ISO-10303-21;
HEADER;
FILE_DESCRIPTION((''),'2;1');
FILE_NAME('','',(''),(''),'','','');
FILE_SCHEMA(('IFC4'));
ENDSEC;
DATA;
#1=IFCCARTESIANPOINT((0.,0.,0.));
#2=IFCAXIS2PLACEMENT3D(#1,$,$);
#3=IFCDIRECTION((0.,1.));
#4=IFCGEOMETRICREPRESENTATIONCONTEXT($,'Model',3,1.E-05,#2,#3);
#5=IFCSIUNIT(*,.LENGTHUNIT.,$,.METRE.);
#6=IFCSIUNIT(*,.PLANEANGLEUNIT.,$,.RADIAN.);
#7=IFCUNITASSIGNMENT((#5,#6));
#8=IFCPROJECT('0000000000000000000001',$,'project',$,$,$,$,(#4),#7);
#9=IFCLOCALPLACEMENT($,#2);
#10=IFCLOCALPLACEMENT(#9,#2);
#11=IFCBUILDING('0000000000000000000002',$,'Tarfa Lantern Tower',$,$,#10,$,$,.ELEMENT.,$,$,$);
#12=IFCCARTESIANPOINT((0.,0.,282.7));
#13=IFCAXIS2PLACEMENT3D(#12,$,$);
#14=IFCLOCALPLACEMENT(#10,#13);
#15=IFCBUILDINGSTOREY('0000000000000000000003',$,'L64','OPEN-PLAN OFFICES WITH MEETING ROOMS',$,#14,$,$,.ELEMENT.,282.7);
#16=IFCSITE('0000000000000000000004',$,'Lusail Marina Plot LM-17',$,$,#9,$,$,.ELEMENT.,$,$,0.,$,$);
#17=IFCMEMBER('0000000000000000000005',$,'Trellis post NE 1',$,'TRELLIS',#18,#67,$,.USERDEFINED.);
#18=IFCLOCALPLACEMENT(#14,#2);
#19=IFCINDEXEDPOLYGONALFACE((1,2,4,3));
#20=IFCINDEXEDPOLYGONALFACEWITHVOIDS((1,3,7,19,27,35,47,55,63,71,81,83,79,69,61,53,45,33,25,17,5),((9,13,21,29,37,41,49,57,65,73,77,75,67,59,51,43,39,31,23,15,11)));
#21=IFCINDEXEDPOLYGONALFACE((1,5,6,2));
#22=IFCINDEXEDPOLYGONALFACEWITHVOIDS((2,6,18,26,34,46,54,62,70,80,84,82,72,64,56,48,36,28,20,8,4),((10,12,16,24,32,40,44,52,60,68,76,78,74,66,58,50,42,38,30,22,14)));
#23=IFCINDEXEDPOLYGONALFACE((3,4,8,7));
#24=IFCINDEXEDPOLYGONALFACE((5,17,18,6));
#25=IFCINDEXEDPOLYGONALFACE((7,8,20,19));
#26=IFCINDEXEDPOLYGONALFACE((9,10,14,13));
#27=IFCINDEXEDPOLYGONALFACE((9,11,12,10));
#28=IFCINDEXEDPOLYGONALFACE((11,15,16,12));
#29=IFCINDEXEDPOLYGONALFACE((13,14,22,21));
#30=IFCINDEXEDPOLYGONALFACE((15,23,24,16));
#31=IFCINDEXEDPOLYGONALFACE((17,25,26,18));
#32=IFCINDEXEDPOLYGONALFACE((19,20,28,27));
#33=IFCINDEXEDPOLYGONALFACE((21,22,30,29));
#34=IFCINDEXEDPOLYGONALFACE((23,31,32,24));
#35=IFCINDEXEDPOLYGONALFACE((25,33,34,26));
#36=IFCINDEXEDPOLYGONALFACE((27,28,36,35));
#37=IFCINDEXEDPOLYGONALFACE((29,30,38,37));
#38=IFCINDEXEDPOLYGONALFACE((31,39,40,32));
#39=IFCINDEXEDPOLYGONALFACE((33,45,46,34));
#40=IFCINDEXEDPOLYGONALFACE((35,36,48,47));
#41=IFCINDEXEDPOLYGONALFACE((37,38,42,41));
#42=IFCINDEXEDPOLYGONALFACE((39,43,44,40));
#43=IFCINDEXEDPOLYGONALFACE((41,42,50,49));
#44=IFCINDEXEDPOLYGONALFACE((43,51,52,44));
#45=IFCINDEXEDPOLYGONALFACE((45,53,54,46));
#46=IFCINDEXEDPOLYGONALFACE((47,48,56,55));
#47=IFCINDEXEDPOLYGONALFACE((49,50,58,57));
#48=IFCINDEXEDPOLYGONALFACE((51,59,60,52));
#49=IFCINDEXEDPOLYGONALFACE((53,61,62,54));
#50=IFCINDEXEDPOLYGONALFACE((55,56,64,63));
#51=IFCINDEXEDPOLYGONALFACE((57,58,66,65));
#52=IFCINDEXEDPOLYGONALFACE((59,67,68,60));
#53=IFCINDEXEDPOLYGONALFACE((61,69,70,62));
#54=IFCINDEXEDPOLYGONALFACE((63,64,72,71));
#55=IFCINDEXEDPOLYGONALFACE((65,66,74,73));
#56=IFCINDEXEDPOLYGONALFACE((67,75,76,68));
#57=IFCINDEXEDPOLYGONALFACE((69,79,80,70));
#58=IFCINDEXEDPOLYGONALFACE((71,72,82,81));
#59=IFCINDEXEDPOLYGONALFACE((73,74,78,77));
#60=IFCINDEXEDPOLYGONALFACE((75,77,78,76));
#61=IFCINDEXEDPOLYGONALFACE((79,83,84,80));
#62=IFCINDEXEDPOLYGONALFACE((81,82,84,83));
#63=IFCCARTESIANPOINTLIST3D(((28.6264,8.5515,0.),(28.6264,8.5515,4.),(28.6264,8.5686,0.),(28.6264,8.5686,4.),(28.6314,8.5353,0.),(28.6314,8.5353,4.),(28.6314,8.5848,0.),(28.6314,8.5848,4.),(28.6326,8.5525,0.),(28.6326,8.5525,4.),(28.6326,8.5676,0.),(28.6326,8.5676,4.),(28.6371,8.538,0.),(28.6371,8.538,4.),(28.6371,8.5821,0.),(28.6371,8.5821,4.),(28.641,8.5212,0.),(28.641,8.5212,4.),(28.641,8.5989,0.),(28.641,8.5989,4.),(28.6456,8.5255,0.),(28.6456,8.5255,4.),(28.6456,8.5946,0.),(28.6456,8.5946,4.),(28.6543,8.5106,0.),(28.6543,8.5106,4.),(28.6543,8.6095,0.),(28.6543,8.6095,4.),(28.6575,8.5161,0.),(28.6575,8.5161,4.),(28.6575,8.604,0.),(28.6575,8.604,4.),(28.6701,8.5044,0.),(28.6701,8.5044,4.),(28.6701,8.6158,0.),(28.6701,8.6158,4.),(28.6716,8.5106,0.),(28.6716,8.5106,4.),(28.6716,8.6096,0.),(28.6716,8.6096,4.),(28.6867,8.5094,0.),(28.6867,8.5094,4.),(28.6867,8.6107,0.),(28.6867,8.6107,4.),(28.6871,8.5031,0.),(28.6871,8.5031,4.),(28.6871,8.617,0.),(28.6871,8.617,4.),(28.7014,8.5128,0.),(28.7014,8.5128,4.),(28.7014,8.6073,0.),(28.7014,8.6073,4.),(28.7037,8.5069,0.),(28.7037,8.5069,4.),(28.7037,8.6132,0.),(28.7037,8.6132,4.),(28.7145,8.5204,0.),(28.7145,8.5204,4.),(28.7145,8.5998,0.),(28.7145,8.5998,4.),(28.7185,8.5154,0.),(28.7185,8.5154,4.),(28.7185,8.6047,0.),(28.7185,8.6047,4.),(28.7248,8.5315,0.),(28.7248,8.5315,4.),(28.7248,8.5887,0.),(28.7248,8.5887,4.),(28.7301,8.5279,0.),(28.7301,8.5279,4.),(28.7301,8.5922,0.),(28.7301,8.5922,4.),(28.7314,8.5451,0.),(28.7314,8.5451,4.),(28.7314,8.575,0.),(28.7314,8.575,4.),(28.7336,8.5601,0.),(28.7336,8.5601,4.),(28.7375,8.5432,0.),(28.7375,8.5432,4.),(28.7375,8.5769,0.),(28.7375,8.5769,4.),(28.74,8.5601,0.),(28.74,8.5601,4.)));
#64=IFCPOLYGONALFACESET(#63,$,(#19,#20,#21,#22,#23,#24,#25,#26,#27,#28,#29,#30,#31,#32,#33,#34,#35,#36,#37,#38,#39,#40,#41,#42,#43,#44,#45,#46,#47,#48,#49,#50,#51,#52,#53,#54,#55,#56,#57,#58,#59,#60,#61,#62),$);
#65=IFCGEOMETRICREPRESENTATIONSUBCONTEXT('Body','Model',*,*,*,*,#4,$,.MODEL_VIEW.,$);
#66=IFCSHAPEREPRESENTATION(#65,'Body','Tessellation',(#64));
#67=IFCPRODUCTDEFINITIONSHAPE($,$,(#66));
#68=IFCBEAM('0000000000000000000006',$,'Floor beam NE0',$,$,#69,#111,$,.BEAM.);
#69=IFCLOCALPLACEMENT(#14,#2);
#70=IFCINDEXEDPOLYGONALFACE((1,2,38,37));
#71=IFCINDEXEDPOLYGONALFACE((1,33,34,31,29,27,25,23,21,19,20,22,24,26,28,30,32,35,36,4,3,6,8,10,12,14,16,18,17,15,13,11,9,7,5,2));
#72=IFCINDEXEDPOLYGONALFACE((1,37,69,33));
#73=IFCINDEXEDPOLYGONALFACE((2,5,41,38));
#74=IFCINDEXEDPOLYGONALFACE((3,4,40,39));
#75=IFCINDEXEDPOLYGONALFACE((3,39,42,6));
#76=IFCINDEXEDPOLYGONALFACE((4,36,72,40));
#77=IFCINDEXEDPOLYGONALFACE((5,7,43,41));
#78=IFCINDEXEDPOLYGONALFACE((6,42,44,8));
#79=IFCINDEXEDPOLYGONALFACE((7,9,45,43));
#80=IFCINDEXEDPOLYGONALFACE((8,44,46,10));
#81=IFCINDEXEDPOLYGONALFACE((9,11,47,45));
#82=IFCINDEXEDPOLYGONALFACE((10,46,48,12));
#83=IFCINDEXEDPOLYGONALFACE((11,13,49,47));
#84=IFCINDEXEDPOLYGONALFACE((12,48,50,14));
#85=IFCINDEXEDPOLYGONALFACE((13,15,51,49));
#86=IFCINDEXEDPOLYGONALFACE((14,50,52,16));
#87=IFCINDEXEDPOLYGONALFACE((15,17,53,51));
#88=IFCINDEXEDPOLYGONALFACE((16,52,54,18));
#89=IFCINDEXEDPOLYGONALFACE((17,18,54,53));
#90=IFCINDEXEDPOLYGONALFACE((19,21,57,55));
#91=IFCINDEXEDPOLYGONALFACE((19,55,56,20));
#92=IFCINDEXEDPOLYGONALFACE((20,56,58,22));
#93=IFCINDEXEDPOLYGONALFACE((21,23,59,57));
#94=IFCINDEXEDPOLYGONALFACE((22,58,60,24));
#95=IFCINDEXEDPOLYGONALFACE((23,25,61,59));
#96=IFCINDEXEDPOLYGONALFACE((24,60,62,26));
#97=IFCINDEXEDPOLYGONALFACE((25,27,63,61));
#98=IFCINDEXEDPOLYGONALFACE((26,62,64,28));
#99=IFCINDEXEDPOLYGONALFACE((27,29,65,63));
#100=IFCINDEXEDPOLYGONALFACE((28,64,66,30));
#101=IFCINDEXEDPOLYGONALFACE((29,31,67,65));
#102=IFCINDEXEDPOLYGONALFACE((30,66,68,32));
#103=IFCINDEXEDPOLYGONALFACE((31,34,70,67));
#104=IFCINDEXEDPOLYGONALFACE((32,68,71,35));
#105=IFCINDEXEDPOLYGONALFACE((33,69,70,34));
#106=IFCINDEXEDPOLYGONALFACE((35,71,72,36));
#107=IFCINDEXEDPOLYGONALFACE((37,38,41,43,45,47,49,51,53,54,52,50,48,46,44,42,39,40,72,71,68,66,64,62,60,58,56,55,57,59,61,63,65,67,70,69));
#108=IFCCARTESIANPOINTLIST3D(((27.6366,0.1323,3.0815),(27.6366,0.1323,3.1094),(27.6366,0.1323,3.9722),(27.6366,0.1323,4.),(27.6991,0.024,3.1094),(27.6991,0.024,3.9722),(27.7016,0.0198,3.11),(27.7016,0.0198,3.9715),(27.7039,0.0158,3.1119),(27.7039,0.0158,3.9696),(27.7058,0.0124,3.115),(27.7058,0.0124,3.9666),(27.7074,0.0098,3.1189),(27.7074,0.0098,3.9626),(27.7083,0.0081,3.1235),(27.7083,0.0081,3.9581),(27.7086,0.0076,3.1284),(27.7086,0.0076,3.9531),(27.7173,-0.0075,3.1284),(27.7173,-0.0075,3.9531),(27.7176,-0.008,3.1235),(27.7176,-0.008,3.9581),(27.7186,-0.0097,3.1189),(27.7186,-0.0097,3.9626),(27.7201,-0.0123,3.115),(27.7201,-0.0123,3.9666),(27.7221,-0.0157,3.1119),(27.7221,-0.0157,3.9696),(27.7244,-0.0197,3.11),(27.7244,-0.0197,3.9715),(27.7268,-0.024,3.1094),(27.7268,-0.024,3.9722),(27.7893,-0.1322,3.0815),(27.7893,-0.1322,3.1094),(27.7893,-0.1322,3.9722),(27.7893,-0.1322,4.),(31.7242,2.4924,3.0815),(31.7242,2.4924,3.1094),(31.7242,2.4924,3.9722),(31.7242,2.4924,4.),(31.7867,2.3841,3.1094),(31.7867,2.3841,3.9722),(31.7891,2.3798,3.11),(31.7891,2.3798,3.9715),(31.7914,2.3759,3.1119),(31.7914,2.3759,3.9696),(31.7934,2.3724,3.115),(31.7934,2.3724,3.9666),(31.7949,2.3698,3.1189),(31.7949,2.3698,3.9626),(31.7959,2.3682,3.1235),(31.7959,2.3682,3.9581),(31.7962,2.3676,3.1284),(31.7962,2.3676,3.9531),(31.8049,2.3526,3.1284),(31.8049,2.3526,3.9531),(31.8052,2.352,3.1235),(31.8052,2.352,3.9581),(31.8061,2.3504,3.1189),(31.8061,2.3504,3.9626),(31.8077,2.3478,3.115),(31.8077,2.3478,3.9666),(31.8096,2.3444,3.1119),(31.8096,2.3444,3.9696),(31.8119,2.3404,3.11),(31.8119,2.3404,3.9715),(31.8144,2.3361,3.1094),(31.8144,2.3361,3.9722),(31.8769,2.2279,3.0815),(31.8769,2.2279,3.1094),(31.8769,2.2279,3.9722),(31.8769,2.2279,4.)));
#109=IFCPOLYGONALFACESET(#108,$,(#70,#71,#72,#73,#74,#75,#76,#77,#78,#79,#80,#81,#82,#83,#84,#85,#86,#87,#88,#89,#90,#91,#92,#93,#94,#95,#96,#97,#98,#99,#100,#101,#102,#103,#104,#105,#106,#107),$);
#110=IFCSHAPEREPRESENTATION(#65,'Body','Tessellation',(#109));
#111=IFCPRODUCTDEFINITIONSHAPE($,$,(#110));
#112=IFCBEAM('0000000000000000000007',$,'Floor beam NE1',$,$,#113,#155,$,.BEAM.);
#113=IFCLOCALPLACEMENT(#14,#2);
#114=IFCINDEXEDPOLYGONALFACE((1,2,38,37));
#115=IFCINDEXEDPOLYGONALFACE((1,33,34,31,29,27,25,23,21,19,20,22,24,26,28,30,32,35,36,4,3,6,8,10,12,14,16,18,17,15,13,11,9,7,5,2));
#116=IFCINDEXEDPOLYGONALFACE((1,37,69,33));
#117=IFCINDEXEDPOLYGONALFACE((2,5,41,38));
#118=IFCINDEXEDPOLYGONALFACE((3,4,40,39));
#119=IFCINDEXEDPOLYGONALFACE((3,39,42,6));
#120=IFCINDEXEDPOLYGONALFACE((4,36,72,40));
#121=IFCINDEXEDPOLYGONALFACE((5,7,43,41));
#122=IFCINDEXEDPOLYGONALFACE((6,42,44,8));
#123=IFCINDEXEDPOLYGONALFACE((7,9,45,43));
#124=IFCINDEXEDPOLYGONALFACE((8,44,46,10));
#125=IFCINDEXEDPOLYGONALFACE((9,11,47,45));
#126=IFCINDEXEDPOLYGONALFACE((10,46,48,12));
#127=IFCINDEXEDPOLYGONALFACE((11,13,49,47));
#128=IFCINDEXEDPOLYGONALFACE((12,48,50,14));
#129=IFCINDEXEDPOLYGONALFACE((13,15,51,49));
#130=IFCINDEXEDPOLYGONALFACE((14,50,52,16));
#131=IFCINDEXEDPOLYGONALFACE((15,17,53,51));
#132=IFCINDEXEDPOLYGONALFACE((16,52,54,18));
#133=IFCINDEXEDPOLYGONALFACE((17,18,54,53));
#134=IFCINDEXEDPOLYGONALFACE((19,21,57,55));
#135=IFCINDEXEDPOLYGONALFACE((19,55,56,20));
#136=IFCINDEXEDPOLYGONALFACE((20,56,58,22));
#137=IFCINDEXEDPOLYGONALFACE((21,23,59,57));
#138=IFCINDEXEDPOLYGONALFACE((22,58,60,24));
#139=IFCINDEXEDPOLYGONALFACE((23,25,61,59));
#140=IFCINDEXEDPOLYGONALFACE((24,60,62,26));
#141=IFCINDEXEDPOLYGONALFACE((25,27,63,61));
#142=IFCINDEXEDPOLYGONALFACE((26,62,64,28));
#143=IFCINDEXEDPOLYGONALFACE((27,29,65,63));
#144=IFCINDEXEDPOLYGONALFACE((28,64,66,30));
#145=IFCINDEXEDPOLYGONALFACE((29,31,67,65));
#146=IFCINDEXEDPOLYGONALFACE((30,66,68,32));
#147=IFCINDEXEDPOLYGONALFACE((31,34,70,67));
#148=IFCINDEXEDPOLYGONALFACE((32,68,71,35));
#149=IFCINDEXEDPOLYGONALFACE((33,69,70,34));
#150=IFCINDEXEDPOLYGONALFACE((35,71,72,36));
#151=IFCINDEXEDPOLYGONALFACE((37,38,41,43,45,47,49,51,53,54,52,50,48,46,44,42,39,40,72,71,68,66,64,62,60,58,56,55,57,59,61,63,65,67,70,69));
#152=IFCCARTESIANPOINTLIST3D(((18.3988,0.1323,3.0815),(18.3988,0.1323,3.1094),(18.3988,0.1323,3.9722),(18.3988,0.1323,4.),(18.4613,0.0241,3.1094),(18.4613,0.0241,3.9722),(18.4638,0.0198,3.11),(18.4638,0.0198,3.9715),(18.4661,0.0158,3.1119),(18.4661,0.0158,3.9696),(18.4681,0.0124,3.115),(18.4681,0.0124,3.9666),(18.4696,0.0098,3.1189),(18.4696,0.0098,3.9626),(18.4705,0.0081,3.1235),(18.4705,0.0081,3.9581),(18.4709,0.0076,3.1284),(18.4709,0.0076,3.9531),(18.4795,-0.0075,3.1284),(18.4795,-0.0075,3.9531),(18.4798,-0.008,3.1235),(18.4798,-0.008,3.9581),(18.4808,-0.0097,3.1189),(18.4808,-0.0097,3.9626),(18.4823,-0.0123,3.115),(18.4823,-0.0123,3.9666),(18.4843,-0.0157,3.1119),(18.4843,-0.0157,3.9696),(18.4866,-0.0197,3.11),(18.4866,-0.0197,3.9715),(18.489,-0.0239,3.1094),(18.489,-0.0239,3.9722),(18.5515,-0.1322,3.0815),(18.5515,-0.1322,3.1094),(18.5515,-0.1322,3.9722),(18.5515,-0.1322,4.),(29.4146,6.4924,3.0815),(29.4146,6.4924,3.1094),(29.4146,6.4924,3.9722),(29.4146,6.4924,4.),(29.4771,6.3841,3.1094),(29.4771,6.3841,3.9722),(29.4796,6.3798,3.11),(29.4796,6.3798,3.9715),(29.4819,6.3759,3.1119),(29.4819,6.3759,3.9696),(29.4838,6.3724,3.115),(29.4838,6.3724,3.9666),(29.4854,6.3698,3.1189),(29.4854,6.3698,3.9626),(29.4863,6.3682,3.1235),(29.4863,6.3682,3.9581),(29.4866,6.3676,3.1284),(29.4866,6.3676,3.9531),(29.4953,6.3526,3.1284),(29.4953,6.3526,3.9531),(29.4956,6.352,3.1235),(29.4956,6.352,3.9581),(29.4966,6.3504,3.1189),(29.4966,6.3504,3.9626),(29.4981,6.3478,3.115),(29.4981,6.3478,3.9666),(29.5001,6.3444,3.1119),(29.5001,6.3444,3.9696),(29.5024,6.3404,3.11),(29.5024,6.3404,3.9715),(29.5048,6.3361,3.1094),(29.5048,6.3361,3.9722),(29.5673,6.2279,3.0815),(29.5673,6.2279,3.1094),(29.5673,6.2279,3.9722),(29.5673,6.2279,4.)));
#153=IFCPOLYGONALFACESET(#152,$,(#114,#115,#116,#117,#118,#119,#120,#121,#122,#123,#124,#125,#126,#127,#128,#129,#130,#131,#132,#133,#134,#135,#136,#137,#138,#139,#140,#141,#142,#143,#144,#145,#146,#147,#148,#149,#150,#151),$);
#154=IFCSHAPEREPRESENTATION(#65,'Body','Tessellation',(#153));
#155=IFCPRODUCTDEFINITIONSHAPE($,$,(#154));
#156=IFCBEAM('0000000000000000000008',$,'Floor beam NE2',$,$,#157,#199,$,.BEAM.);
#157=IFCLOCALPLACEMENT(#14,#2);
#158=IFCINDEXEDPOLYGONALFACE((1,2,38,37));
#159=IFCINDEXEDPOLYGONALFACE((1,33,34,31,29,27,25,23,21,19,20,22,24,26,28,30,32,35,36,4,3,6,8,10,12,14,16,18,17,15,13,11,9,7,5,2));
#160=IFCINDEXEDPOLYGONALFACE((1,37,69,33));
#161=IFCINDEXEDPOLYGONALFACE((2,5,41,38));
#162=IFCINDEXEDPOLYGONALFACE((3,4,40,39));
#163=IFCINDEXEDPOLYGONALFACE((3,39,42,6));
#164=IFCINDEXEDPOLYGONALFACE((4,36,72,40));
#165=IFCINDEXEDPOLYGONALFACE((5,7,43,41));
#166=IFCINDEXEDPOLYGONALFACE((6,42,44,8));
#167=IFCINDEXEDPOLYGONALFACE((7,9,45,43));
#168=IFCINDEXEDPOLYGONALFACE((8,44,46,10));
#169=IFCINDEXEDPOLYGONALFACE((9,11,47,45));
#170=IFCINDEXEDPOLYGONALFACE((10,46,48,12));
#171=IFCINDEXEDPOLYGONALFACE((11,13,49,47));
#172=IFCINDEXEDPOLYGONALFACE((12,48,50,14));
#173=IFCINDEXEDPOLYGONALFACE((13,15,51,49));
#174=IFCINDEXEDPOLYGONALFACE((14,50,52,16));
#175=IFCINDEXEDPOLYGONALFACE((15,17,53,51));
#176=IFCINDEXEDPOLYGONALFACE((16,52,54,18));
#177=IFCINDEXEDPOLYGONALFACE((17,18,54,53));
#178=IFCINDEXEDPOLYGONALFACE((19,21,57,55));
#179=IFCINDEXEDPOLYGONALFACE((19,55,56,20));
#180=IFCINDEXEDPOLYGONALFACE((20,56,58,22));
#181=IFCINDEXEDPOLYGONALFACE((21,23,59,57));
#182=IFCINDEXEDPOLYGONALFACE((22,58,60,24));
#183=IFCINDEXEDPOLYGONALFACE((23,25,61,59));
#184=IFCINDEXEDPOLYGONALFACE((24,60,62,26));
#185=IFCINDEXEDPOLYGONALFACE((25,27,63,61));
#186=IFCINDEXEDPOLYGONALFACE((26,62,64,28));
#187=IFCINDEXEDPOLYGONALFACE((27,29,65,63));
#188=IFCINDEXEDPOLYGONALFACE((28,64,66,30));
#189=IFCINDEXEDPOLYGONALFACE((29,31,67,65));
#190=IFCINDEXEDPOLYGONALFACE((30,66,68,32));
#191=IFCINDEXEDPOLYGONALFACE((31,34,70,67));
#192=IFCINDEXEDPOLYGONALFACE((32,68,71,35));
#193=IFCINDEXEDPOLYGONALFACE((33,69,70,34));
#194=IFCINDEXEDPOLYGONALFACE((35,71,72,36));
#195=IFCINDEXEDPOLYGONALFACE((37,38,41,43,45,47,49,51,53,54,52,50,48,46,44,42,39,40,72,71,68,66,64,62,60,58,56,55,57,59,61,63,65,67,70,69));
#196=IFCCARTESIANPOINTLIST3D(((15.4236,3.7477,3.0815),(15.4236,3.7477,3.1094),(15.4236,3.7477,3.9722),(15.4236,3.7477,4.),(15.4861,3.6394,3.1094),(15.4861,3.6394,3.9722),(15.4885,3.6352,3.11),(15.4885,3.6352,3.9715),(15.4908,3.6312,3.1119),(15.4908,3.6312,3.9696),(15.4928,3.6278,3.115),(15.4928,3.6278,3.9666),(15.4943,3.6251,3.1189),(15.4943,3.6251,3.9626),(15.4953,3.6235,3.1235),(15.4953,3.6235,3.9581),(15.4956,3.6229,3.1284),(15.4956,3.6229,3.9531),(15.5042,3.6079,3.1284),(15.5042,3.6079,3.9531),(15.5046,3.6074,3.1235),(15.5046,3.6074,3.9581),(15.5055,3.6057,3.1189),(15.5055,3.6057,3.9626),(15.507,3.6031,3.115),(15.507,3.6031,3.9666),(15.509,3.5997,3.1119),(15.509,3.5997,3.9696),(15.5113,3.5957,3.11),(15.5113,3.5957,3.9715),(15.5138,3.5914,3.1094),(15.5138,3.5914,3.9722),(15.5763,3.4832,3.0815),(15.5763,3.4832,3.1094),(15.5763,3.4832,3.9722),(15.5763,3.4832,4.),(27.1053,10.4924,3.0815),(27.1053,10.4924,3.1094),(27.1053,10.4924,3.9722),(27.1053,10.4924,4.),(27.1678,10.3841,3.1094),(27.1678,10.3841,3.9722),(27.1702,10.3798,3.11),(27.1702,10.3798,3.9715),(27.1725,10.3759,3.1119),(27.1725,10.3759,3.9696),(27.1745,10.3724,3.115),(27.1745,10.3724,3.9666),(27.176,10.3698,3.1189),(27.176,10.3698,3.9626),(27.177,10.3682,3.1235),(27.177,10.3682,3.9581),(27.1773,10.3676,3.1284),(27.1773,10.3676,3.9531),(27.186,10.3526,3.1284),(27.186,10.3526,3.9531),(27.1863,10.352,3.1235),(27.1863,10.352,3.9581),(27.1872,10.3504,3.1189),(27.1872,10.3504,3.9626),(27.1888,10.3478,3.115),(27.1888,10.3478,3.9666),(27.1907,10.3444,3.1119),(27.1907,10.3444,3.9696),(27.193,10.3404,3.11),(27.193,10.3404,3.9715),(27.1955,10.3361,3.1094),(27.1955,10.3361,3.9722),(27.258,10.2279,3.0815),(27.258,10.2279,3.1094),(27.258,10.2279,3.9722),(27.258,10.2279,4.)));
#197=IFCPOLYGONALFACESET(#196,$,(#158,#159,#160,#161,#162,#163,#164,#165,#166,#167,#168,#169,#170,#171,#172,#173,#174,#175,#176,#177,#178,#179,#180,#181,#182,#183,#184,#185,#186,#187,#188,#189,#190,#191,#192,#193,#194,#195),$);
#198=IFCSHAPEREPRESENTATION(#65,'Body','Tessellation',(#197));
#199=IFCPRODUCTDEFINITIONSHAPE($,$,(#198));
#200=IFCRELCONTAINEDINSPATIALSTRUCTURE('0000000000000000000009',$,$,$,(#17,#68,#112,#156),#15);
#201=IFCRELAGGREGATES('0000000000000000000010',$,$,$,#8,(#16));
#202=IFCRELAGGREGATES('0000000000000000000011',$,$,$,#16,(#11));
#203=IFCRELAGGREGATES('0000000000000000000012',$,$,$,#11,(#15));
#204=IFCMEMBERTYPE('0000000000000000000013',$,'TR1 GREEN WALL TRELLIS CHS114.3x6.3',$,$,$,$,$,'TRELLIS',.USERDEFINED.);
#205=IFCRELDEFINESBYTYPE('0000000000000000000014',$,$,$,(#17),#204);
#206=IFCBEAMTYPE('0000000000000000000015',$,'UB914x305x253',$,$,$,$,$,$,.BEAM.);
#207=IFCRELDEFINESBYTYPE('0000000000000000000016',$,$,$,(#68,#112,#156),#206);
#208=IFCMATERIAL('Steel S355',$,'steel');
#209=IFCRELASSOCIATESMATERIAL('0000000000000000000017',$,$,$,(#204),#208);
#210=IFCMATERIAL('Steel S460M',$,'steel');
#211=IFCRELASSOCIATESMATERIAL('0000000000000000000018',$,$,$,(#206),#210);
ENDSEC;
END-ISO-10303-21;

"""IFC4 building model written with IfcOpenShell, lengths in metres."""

from ifc_helpers import new_model, si_unit, direction, frame, origin, origin_2d, place, context, subcontext, project, spatial, hollow_circle, i_section, extrude, material, material_profile, profile_set, type_object, element, save


model = new_model("IFC4")

# Units and contexts
model_context = context("Model", 3, precision=1e-05, world=origin(), true_north=direction((0.0, 1.0)))
body_context = subcontext(model_context, "Body", "Model", "MODEL_VIEW")
ifc_project = project(units=[si_unit("LENGTHUNIT", "METRE"), si_unit("PLANEANGLEUNIT", "RADIAN")], contexts=[model_context])

# Site, building, storey
site_placement = place(None, origin())
site = spatial("IfcSite", under=ifc_project, at=site_placement, Name="Lusail Marina Plot LM-17", CompositionType="ELEMENT", RefElevation=0.0)
building_placement = place(site_placement, origin())
building = spatial("IfcBuilding", under=site, at=building_placement, Name="Tarfa Lantern Tower", CompositionType="ELEMENT")
storey_placement = place(building_placement, frame((0.0, 0.0, 282.7)))
storey = spatial("IfcBuildingStorey", under=building, at=storey_placement, Name="L64", Description="OPEN-PLAN OFFICES WITH MEETING ROOMS", CompositionType="ELEMENT", Elevation=282.7)

# Member
ifc_material_1 = material(Name="Steel S355", Category="steel")
ifc_material_profile_1 = material_profile(ifc_material_1, hollow_circle(Radius=0.0571, WallThickness=0.0063, at=origin_2d()), Name="CHS114.3x6.3")
ifc_profile_set_1 = profile_set([ifc_material_profile_1], Name="Steel S355")
member_type_1 = type_object("IfcMemberType", Name="TR1 GREEN WALL TRELLIS CHS114.3x6.3", ElementType="TRELLIS", PredefinedType="USERDEFINED", material=ifc_profile_set_1)
member_1_placement = place(storey_placement, frame((28.6829, 8.5601, 0.0), z_axis=(0.0, 0.0, 1.0), x_axis=(1.0, 0.0, 0.0)))
element("IfcMember", 1, at=member_1_placement, inside=storey, type_object=member_type_1, Name="Trellis post NE 1", ObjectType="TRELLIS", PredefinedType="USERDEFINED", context=body_context, shape_type="SweptSolid", body=[
    extrude(hollow_circle(Radius=0.0571, WallThickness=0.0063, at=origin_2d()), origin(), (0.0, 0.0, 1.0), 4.0),
])

# Beams
ifc_material_2 = material(Name="Steel S460M", Category="steel")
ifc_material_profile_2 = material_profile(ifc_material_2, i_section(OverallWidth=0.3054, OverallDepth=0.9185, WebThickness=0.0173, FlangeThickness=0.0278, FilletRadius=0.019, at=origin_2d()), Name="UB914x305x253")
ifc_profile_set_2 = profile_set([ifc_material_profile_2], Name="Steel S460M")
beam_type_1 = type_object("IfcBeamType", Name="UB914x305x253", PredefinedType="BEAM", material=ifc_profile_set_2)
beam_1_placement = place(storey_placement, frame((31.8005, 2.3601, 3.5408), z_axis=(-0.866016, -0.500016, 0.0), x_axis=(0.500016, -0.866016, 0.0)))
element("IfcBeam", 2, at=beam_1_placement, inside=storey, type_object=beam_type_1, Name="Floor beam NE0", PredefinedType="BEAM", context=body_context, shape_type="SweptSolid", body=[
    extrude(i_section(OverallWidth=0.3054, OverallDepth=0.9185, WebThickness=0.0173, FlangeThickness=0.0278, FilletRadius=0.019, at=origin_2d()), origin(), (0.0, 0.0, 1.0), 4.72),
])
beam_2_placement = place(storey_placement, frame((29.491, 6.3601, 3.5408), z_axis=(-0.866022, -0.500005, 0.0), x_axis=(0.500005, -0.866022, 0.0)))
element("IfcBeam", 3, at=beam_2_placement, inside=storey, type_object=beam_type_1, Name="Floor beam NE1", PredefinedType="BEAM", context=body_context, shape_type="SweptSolid", body=[
    extrude(i_section(OverallWidth=0.3054, OverallDepth=0.9185, WebThickness=0.0173, FlangeThickness=0.0278, FilletRadius=0.019, at=origin_2d()), origin(), (0.0, 0.0, 1.0), 12.72),
])
beam_3_placement = place(storey_placement, frame((27.1816, 10.3601, 3.5408), z_axis=(-0.866018, -0.500013, 0.0), x_axis=(0.500013, -0.866018, 0.0)))
element("IfcBeam", 4, at=beam_3_placement, inside=storey, type_object=beam_type_1, Name="Floor beam NE2", PredefinedType="BEAM", context=body_context, shape_type="SweptSolid", body=[
    extrude(i_section(OverallWidth=0.3054, OverallDepth=0.9185, WebThickness=0.0173, FlangeThickness=0.0278, FilletRadius=0.019, at=origin_2d()), origin(), (0.0, 0.0, 1.0), 13.489),
])

save(model, "model.ifc")
